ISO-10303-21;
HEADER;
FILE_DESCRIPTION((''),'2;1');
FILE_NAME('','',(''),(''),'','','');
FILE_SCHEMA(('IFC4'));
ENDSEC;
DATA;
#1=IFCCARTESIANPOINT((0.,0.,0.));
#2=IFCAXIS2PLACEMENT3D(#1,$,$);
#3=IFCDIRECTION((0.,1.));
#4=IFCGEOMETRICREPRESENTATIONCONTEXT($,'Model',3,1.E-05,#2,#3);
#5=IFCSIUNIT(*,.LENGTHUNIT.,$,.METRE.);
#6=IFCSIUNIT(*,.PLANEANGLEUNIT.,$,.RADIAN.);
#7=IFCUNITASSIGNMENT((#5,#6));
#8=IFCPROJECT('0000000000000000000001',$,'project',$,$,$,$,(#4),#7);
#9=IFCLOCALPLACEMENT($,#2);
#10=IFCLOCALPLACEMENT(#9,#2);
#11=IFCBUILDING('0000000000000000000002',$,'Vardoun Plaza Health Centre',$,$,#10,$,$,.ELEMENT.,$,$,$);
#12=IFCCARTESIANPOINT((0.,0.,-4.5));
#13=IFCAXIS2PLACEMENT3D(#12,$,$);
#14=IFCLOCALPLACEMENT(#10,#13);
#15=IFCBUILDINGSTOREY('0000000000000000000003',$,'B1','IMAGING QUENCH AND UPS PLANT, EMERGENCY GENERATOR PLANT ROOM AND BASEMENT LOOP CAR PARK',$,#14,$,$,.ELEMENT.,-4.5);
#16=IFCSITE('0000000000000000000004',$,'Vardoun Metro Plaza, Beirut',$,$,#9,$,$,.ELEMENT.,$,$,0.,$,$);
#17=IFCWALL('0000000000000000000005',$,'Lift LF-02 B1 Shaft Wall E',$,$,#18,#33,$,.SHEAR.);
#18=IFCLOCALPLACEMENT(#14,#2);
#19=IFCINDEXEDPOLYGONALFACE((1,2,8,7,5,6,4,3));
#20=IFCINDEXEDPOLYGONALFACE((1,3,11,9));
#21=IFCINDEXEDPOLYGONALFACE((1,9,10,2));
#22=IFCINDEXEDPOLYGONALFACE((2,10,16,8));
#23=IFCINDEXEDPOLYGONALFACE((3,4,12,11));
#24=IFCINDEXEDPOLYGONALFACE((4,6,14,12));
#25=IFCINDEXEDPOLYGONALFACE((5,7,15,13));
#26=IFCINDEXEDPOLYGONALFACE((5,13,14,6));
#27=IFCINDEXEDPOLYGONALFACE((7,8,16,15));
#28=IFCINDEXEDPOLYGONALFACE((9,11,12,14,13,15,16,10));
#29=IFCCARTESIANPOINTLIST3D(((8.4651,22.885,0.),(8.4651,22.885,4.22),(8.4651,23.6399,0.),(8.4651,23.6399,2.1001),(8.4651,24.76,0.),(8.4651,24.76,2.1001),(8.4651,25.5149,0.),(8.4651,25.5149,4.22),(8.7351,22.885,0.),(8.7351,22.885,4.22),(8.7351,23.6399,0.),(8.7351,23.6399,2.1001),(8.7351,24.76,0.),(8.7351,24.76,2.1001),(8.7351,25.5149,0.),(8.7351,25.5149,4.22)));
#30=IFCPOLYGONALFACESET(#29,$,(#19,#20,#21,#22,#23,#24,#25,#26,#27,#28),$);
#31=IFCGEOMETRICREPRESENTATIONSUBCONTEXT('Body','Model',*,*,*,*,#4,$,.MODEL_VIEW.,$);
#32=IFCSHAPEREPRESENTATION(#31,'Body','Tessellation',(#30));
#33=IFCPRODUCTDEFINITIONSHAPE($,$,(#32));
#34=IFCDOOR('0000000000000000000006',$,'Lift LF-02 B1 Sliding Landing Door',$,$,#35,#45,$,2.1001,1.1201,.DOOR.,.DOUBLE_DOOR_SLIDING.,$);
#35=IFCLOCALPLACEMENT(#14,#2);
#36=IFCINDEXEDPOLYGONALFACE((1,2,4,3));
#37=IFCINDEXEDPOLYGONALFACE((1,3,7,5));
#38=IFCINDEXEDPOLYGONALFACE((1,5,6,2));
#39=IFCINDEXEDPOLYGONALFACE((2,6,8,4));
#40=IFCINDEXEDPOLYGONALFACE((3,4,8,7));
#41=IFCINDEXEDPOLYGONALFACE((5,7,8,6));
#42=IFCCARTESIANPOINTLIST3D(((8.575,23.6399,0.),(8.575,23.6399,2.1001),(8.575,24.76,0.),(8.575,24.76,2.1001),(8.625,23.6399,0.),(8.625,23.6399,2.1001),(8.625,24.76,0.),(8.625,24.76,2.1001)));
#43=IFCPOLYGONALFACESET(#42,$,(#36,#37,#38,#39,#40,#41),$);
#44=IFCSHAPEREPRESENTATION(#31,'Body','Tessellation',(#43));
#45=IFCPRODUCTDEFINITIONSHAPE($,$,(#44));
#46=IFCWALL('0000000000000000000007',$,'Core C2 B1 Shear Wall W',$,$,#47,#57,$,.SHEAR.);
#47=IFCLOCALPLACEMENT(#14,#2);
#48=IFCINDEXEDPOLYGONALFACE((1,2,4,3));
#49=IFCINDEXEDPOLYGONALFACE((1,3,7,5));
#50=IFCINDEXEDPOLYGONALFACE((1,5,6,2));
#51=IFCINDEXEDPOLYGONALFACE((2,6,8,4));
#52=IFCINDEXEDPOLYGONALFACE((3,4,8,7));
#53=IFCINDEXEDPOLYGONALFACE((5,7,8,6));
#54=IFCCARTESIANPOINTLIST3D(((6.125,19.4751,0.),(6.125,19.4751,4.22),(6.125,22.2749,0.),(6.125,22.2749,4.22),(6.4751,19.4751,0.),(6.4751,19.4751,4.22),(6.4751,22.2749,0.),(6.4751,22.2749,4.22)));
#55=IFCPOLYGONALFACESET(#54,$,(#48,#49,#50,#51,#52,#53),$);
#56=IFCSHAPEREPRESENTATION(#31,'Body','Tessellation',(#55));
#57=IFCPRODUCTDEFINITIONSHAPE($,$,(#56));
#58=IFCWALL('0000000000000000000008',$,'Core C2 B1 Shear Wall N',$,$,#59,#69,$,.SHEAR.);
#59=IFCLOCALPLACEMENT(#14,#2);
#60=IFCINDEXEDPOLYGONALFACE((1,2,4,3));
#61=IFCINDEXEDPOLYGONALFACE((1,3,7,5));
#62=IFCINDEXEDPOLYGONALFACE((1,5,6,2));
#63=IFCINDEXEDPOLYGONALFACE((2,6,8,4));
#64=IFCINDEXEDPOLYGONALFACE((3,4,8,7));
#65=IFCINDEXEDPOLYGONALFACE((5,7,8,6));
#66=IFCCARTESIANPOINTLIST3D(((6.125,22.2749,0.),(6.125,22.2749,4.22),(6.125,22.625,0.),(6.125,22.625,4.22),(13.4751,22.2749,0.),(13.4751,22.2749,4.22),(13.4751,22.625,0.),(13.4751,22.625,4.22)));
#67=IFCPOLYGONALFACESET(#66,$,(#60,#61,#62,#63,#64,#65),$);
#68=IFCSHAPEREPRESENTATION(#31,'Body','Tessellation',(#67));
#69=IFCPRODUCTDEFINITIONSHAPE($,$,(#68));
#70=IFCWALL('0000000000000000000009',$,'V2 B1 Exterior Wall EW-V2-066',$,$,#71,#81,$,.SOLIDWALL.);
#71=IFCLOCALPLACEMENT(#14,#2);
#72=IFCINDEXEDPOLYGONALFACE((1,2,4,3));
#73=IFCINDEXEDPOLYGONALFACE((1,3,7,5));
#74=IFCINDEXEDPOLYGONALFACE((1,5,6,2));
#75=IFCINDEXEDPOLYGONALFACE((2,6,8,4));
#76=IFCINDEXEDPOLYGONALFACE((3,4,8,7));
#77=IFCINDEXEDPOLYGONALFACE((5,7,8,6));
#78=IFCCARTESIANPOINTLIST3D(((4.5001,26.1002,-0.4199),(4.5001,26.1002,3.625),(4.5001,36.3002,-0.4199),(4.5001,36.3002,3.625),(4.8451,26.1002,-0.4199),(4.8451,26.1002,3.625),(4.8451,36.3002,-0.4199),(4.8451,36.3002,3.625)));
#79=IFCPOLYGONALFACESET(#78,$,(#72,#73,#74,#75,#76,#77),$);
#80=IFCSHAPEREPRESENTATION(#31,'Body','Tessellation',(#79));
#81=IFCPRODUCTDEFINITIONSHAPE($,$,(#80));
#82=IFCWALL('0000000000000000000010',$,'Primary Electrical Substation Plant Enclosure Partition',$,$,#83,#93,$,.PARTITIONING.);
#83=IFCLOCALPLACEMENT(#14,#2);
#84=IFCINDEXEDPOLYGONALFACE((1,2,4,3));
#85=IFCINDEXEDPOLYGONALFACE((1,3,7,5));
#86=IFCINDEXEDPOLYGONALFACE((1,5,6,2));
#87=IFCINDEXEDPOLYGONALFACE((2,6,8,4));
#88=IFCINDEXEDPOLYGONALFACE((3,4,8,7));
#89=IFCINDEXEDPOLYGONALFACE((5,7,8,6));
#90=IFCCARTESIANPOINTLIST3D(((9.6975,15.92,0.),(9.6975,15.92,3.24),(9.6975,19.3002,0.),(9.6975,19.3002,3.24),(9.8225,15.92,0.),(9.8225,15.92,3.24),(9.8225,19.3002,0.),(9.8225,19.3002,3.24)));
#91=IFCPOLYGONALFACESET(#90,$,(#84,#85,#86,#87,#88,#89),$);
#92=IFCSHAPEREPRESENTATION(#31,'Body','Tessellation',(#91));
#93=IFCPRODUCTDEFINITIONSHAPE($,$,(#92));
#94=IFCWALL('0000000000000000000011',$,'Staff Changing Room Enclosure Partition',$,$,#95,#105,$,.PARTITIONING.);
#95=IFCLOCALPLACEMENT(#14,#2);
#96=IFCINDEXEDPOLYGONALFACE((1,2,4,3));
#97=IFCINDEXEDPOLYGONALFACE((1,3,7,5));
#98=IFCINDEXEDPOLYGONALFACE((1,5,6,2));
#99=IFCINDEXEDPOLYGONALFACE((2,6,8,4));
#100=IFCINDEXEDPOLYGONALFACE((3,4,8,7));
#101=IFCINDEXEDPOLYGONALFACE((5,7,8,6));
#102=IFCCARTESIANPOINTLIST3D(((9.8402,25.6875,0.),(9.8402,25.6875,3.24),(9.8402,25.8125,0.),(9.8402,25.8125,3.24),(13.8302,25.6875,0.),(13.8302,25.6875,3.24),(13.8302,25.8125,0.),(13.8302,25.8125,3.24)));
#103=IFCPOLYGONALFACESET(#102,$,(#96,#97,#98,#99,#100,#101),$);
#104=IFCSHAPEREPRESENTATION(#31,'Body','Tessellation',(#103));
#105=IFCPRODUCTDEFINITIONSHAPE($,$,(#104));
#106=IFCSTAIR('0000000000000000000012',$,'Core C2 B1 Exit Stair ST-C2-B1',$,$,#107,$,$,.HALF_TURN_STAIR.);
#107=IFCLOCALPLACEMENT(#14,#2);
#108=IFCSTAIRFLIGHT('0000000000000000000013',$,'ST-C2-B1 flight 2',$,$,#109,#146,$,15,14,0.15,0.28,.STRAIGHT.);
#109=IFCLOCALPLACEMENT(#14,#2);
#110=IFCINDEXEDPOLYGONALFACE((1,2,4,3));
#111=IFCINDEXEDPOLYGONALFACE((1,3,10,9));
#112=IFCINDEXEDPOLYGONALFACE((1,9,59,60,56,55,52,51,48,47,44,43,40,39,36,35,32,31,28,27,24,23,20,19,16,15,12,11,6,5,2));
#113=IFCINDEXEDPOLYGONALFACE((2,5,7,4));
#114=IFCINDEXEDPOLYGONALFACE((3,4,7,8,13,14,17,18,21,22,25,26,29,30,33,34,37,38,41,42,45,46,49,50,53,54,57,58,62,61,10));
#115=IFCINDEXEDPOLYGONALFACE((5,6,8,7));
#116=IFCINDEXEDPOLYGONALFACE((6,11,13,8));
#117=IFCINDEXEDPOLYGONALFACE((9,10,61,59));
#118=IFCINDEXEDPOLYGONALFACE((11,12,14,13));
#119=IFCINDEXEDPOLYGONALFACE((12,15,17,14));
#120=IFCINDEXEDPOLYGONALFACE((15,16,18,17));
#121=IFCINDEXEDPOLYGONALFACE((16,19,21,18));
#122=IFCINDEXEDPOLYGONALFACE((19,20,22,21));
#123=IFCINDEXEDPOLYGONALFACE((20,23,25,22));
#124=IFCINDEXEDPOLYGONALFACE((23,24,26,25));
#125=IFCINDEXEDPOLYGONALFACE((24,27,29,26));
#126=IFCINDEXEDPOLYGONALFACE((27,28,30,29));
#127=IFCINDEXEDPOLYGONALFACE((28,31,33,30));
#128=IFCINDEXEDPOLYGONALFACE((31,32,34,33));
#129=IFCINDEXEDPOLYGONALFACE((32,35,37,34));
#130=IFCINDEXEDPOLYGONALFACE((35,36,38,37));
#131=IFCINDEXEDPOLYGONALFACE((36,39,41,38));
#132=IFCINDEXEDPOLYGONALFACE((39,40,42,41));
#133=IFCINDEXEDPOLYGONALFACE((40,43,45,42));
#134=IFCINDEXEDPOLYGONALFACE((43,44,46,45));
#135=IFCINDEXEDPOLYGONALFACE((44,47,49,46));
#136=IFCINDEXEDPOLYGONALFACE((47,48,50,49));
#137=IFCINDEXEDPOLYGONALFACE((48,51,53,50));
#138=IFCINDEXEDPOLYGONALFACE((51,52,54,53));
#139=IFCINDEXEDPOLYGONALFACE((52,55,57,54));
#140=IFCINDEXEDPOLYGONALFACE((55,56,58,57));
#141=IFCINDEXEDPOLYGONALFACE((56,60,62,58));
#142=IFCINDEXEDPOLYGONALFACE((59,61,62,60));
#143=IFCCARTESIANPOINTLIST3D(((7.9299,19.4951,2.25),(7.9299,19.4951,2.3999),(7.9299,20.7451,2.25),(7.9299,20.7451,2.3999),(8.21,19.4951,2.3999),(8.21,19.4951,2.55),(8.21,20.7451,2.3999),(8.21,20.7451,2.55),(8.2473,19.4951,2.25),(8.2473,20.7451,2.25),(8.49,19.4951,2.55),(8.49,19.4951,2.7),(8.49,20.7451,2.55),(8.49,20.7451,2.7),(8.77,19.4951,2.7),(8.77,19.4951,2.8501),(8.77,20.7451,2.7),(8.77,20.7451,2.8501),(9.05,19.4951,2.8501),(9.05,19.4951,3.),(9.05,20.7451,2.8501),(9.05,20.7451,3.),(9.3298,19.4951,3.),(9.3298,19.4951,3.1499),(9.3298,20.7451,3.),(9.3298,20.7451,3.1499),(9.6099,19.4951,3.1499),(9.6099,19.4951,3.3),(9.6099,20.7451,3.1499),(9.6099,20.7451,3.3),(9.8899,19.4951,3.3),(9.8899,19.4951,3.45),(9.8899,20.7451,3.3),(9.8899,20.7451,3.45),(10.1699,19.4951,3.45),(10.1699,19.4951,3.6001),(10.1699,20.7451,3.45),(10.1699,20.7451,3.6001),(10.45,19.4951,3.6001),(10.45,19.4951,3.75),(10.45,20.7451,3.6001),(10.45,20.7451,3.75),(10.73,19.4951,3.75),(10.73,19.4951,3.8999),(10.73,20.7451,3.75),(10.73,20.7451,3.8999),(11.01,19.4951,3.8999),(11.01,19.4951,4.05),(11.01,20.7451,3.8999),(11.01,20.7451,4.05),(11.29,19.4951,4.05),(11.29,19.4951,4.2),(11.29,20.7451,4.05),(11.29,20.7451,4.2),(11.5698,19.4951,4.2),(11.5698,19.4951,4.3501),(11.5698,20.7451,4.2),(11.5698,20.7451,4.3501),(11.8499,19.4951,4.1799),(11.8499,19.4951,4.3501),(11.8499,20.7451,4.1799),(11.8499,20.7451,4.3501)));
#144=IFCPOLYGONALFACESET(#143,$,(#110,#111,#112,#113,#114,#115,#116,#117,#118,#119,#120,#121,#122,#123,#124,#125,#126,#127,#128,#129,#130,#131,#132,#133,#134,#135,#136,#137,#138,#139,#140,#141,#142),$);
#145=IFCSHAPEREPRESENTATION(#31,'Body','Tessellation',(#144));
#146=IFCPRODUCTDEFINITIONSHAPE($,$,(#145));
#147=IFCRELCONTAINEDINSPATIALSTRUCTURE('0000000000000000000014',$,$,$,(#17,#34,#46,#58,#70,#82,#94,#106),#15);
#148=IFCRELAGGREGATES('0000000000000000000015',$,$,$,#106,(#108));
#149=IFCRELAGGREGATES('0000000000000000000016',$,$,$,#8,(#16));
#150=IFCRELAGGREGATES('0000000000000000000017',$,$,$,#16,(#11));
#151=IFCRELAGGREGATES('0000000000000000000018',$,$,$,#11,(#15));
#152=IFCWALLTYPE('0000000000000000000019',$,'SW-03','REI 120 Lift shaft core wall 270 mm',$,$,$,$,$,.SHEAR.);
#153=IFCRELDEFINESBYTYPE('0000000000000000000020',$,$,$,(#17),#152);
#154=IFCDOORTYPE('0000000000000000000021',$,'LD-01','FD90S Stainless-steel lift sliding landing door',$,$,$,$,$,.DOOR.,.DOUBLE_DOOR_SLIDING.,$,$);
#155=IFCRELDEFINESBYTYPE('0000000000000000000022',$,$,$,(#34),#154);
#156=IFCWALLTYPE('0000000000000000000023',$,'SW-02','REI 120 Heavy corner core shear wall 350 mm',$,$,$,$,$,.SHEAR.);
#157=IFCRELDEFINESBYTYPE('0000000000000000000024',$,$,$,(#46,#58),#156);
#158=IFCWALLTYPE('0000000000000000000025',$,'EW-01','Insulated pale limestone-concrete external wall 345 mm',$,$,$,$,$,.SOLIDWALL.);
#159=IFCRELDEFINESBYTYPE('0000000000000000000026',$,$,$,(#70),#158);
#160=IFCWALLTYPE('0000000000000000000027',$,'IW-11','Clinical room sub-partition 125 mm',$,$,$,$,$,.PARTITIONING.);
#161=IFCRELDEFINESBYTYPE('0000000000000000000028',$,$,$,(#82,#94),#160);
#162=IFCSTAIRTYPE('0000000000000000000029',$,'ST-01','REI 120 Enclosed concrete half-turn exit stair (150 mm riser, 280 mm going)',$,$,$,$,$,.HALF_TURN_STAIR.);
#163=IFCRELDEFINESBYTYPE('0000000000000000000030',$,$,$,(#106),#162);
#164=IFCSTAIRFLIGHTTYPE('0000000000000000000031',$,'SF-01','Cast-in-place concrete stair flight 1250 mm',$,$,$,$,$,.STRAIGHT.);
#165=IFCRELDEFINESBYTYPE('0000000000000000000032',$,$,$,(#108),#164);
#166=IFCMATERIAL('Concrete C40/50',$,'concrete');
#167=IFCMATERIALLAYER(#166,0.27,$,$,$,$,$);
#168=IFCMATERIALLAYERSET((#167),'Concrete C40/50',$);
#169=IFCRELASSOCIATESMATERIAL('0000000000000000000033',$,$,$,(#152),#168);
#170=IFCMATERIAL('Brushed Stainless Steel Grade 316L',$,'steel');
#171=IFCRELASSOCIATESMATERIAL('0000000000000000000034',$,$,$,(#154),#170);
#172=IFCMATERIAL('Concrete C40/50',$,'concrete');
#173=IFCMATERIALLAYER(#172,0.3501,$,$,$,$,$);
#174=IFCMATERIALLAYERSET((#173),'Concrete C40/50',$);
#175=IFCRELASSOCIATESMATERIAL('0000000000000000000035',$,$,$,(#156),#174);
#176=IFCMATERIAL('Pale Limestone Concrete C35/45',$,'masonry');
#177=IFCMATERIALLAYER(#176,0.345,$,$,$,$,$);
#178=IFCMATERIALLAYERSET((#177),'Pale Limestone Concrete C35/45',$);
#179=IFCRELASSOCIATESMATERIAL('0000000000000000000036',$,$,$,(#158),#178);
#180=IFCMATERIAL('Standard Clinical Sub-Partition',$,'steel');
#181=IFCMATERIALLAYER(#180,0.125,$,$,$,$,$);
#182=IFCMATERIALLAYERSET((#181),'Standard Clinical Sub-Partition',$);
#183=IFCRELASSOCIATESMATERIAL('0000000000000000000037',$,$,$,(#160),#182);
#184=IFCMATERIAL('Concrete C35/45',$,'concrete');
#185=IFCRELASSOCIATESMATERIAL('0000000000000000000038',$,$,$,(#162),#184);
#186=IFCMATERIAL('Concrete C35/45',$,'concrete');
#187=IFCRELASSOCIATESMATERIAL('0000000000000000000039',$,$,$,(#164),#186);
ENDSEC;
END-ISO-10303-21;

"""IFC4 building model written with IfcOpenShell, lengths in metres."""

from ifc_helpers import new_model, si_unit, direction, frame, frame_2d, origin, place, context, subcontext, project, spatial, polyline, rectangle, outline, extrude, material, layer, layer_set, type_object, element, fill, aggregate, save


model = new_model("IFC4")

# Units and contexts
model_context = context("Model", 3, precision=1e-05, world=origin(), true_north=direction((0.0, 1.0)))
body_context = subcontext(model_context, "Body", "Model", "MODEL_VIEW")
ifc_project = project(units=[si_unit("LENGTHUNIT", "METRE"), si_unit("PLANEANGLEUNIT", "RADIAN")], contexts=[model_context])

# Site, building, storey
site_placement = place(None, origin())
site = spatial("IfcSite", under=ifc_project, at=site_placement, Name="Vardoun Metro Plaza, Beirut", CompositionType="ELEMENT", RefElevation=0.0)
building_placement = place(site_placement, origin())
building = spatial("IfcBuilding", under=site, at=building_placement, Name="Vardoun Plaza Health Centre", CompositionType="ELEMENT")
storey_placement = place(building_placement, frame((0.0, 0.0, -4.5)))
storey = spatial("IfcBuildingStorey", under=building, at=storey_placement, Name="B1", Description="IMAGING QUENCH AND UPS PLANT, EMERGENCY GENERATOR PLANT ROOM AND BASEMENT LOOP CAR PARK", CompositionType="ELEMENT", Elevation=-4.5)

# Shared definitions
ifc_material_1 = material(Name="Concrete C40/50", Category="concrete")
ifc_layer_1 = layer(ifc_material_1, 0.27)
ifc_layer_set_1 = layer_set([ifc_layer_1], Name="Concrete C40/50")
wall_type_1 = type_object("IfcWallType", Name="SW-03", Description="REI 120 Lift shaft core wall 270 mm", PredefinedType="SHEAR", material=ifc_layer_set_1)

# Wall, opening, door
wall_1_placement = place(storey_placement, frame((8.6001, 25.5149, 0.0), z_axis=(0.0, 0.0, 1.0), x_axis=(0.0, -1.0, 0.0)))
wall_1 = element("IfcWall", 1, at=wall_1_placement, inside=storey, type_object=wall_type_1, Name="Lift LF-02 B1 Shaft Wall E", PredefinedType="SHEAR", context=body_context, shape_type="SweptSolid", body=[
    extrude(rectangle(XDim=2.6299, YDim=0.27, at=frame_2d((1.3149, 0.0))), origin(), (0.0, 0.0, 1.0), 4.22),
])
opening_placement = place(wall_1_placement, frame((0.7549, 0.0, 0.0)))
opening = element("IfcOpeningElement", 2, at=opening_placement, cuts=wall_1, PredefinedType="OPENING", context=body_context, shape_type="SweptSolid", body=[
    extrude(rectangle(XDim=1.1201, YDim=2.1001, at=frame_2d((0.5601, 1.05))), frame((0.0, 0.135, 0.0), z_axis=(0.0, -1.0, 0.0), x_axis=(1.0, 0.0, 0.0)), (0.0, 0.0, 1.0), 0.27),
])
ifc_material_2 = material(Name="Brushed Stainless Steel Grade 316L", Category="steel")
door_type = type_object("IfcDoorType", Name="LD-01", Description="FD90S Stainless-steel lift sliding landing door", OperationType="DOUBLE_DOOR_SLIDING", PredefinedType="DOOR", material=ifc_material_2)
door_placement = place(opening_placement, origin())
door = element("IfcDoor", 3, at=door_placement, inside=storey, type_object=door_type, Name="Lift LF-02 B1 Sliding Landing Door", OperationType="DOUBLE_DOOR_SLIDING", OverallHeight=2.1001, OverallWidth=1.1201, PredefinedType="DOOR", context=body_context, shape_type="SweptSolid", body=[
    extrude(rectangle(XDim=1.1201, YDim=2.1001, at=frame_2d((0.5601, 1.05))), frame((0.0, 0.0249, 0.0), z_axis=(0.0, -1.0, 0.0), x_axis=(1.0, 0.0, 0.0)), (0.0, 0.0, 1.0), 0.05),
])
fill(opening, door)

# Walls
ifc_material_3 = material(Name="Concrete C40/50", Category="concrete")
ifc_layer_2 = layer(ifc_material_3, 0.3501)
ifc_layer_set_2 = layer_set([ifc_layer_2], Name="Concrete C40/50")
wall_type_2 = type_object("IfcWallType", Name="SW-02", Description="REI 120 Heavy corner core shear wall 350 mm", PredefinedType="SHEAR", material=ifc_layer_set_2)
wall_2_placement = place(storey_placement, frame((6.3, 19.4751, 0.0), z_axis=(0.0, 0.0, 1.0), x_axis=(0.0, 1.0, 0.0)))
element("IfcWall", 4, at=wall_2_placement, inside=storey, type_object=wall_type_2, Name="Core C2 B1 Shear Wall W", PredefinedType="SHEAR", context=body_context, shape_type="SweptSolid", body=[
    extrude(rectangle(XDim=2.7998, YDim=0.3501, at=frame_2d((1.3999, 0.0))), origin(), (0.0, 0.0, 1.0), 4.22),
])
wall_3_placement = place(storey_placement, frame((6.125, 22.45, 0.0), z_axis=(0.0, 0.0, 1.0), x_axis=(1.0, 0.0, 0.0)))
element("IfcWall", 5, at=wall_3_placement, inside=storey, type_object=wall_type_2, Name="Core C2 B1 Shear Wall N", PredefinedType="SHEAR", context=body_context, shape_type="SweptSolid", body=[
    extrude(rectangle(XDim=7.3501, YDim=0.3501, at=frame_2d((3.675, 0.0))), origin(), (0.0, 0.0, 1.0), 4.22),
])
ifc_material_4 = material(Name="Pale Limestone Concrete C35/45", Category="masonry")
ifc_layer_3 = layer(ifc_material_4, 0.345)
ifc_layer_set_3 = layer_set([ifc_layer_3], Name="Pale Limestone Concrete C35/45")
wall_type_3 = type_object("IfcWallType", Name="EW-01", Description="Insulated pale limestone-concrete external wall 345 mm", PredefinedType="SOLIDWALL", material=ifc_layer_set_3)
wall_4_placement = place(storey_placement, frame((4.6726, 26.1001, -0.4199), z_axis=(0.0, 0.0, 1.0), x_axis=(0.0, 1.0, 0.0)))
element("IfcWall", 6, at=wall_4_placement, inside=storey, type_object=wall_type_3, Name="V2 B1 Exterior Wall EW-V2-066", PredefinedType="SOLIDWALL", context=body_context, shape_type="SweptSolid", body=[
    extrude(rectangle(XDim=10.2, YDim=0.345, at=frame_2d((5.1001, 0.0))), origin(), (0.0, 0.0, 1.0), 4.0449),
])
ifc_material_5 = material(Name="Standard Clinical Sub-Partition", Category="steel")
ifc_layer_4 = layer(ifc_material_5, 0.125)
ifc_layer_set_4 = layer_set([ifc_layer_4], Name="Standard Clinical Sub-Partition")
wall_type_4 = type_object("IfcWallType", Name="IW-11", Description="Clinical room sub-partition 125 mm", PredefinedType="PARTITIONING", material=ifc_layer_set_4)
wall_5_placement = place(storey_placement, frame((9.76, 19.3, 0.0), z_axis=(0.0, 0.0, 1.0), x_axis=(0.0, -1.0, 0.0)))
element("IfcWall", 7, at=wall_5_placement, inside=storey, type_object=wall_type_4, Name="Primary Electrical Substation Plant Enclosure Partition", PredefinedType="PARTITIONING", context=body_context, shape_type="SweptSolid", body=[
    extrude(rectangle(XDim=3.3801, YDim=0.125, at=frame_2d((1.6899, 0.0))), origin(), (0.0, 0.0, 1.0), 3.24),
])
wall_6_placement = place(storey_placement, frame((9.8401, 25.75, 0.0), z_axis=(0.0, 0.0, 1.0), x_axis=(1.0, 0.0, 0.0)))
element("IfcWall", 8, at=wall_6_placement, inside=storey, type_object=wall_type_4, Name="Staff Changing Room Enclosure Partition", PredefinedType="PARTITIONING", context=body_context, shape_type="SweptSolid", body=[
    extrude(rectangle(XDim=3.99, YDim=0.125, at=frame_2d((1.9951, 0.0))), origin(), (0.0, 0.0, 1.0), 3.24),
])

# Stair, stair flight
ifc_material_6 = material(Name="Concrete C35/45", Category="concrete")
stair_type = type_object("IfcStairType", Name="ST-01", Description="REI 120 Enclosed concrete half-turn exit stair (150 mm riser, 280 mm going)", PredefinedType="HALF_TURN_STAIR", material=ifc_material_6)
stair_placement = place(storey_placement, origin())
stair = element("IfcStair", 9, at=stair_placement, inside=storey, type_object=stair_type, Name="Core C2 B1 Exit Stair ST-C2-B1", PredefinedType="HALF_TURN_STAIR")
ifc_material_7 = material(Name="Concrete C35/45", Category="concrete")
stair_flight_type = type_object("IfcStairFlightType", Name="SF-01", Description="Cast-in-place concrete stair flight 1250 mm", PredefinedType="STRAIGHT", material=ifc_material_7)
stair_flight_placement = place(storey_placement, frame((7.9299, 20.1201, 2.25), z_axis=(0.0, 0.0, 1.0), x_axis=(1.0, 0.0, 0.0)))
stair_flight = element("IfcStairFlight", 10, at=stair_flight_placement, type_object=stair_flight_type, Name="ST-C2-B1 flight 2", NumberOfRisers=15, NumberOfTreads=14, PredefinedType="STRAIGHT", RiserHeight=0.15, TreadLength=0.28, context=body_context, shape_type="SweptSolid", body=[
    extrude(outline(polyline([(0.0, 0.0), (0.0, 0.1499), (0.28, 0.1499), (0.28, 0.3), (0.5601, 0.3), (0.5601, 0.45), (0.8401, 0.45), (0.8401, 0.6001), (1.1201, 0.6001), (1.1201, 0.75), (1.3999, 0.75), (1.3999, 0.8999), (1.6799, 0.8999), (1.6799, 1.05), (1.96, 1.05), (1.96, 1.2), (2.24, 1.2), (2.24, 1.3501), (2.52, 1.3501), (2.52, 1.5), (2.8, 1.5), (2.8, 1.6499), (3.0801, 1.6499), (3.0801, 1.8), (3.3601, 1.8), (3.3601, 1.95), (3.6399, 1.95), (3.6399, 2.1001), (3.9199, 2.1001), (3.9199, 2.25), (3.9199, 1.9299), (0.3174, 0.0), (0.0, 0.0)])), frame((0.0, 0.625, 0.0), z_axis=(0.0, -1.0, 0.0), x_axis=(1.0, 0.0, 0.0)), (0.0, 0.0, 1.0), 1.25),
])
aggregate(stair, [stair_flight])

save(model, "model.ifc")
